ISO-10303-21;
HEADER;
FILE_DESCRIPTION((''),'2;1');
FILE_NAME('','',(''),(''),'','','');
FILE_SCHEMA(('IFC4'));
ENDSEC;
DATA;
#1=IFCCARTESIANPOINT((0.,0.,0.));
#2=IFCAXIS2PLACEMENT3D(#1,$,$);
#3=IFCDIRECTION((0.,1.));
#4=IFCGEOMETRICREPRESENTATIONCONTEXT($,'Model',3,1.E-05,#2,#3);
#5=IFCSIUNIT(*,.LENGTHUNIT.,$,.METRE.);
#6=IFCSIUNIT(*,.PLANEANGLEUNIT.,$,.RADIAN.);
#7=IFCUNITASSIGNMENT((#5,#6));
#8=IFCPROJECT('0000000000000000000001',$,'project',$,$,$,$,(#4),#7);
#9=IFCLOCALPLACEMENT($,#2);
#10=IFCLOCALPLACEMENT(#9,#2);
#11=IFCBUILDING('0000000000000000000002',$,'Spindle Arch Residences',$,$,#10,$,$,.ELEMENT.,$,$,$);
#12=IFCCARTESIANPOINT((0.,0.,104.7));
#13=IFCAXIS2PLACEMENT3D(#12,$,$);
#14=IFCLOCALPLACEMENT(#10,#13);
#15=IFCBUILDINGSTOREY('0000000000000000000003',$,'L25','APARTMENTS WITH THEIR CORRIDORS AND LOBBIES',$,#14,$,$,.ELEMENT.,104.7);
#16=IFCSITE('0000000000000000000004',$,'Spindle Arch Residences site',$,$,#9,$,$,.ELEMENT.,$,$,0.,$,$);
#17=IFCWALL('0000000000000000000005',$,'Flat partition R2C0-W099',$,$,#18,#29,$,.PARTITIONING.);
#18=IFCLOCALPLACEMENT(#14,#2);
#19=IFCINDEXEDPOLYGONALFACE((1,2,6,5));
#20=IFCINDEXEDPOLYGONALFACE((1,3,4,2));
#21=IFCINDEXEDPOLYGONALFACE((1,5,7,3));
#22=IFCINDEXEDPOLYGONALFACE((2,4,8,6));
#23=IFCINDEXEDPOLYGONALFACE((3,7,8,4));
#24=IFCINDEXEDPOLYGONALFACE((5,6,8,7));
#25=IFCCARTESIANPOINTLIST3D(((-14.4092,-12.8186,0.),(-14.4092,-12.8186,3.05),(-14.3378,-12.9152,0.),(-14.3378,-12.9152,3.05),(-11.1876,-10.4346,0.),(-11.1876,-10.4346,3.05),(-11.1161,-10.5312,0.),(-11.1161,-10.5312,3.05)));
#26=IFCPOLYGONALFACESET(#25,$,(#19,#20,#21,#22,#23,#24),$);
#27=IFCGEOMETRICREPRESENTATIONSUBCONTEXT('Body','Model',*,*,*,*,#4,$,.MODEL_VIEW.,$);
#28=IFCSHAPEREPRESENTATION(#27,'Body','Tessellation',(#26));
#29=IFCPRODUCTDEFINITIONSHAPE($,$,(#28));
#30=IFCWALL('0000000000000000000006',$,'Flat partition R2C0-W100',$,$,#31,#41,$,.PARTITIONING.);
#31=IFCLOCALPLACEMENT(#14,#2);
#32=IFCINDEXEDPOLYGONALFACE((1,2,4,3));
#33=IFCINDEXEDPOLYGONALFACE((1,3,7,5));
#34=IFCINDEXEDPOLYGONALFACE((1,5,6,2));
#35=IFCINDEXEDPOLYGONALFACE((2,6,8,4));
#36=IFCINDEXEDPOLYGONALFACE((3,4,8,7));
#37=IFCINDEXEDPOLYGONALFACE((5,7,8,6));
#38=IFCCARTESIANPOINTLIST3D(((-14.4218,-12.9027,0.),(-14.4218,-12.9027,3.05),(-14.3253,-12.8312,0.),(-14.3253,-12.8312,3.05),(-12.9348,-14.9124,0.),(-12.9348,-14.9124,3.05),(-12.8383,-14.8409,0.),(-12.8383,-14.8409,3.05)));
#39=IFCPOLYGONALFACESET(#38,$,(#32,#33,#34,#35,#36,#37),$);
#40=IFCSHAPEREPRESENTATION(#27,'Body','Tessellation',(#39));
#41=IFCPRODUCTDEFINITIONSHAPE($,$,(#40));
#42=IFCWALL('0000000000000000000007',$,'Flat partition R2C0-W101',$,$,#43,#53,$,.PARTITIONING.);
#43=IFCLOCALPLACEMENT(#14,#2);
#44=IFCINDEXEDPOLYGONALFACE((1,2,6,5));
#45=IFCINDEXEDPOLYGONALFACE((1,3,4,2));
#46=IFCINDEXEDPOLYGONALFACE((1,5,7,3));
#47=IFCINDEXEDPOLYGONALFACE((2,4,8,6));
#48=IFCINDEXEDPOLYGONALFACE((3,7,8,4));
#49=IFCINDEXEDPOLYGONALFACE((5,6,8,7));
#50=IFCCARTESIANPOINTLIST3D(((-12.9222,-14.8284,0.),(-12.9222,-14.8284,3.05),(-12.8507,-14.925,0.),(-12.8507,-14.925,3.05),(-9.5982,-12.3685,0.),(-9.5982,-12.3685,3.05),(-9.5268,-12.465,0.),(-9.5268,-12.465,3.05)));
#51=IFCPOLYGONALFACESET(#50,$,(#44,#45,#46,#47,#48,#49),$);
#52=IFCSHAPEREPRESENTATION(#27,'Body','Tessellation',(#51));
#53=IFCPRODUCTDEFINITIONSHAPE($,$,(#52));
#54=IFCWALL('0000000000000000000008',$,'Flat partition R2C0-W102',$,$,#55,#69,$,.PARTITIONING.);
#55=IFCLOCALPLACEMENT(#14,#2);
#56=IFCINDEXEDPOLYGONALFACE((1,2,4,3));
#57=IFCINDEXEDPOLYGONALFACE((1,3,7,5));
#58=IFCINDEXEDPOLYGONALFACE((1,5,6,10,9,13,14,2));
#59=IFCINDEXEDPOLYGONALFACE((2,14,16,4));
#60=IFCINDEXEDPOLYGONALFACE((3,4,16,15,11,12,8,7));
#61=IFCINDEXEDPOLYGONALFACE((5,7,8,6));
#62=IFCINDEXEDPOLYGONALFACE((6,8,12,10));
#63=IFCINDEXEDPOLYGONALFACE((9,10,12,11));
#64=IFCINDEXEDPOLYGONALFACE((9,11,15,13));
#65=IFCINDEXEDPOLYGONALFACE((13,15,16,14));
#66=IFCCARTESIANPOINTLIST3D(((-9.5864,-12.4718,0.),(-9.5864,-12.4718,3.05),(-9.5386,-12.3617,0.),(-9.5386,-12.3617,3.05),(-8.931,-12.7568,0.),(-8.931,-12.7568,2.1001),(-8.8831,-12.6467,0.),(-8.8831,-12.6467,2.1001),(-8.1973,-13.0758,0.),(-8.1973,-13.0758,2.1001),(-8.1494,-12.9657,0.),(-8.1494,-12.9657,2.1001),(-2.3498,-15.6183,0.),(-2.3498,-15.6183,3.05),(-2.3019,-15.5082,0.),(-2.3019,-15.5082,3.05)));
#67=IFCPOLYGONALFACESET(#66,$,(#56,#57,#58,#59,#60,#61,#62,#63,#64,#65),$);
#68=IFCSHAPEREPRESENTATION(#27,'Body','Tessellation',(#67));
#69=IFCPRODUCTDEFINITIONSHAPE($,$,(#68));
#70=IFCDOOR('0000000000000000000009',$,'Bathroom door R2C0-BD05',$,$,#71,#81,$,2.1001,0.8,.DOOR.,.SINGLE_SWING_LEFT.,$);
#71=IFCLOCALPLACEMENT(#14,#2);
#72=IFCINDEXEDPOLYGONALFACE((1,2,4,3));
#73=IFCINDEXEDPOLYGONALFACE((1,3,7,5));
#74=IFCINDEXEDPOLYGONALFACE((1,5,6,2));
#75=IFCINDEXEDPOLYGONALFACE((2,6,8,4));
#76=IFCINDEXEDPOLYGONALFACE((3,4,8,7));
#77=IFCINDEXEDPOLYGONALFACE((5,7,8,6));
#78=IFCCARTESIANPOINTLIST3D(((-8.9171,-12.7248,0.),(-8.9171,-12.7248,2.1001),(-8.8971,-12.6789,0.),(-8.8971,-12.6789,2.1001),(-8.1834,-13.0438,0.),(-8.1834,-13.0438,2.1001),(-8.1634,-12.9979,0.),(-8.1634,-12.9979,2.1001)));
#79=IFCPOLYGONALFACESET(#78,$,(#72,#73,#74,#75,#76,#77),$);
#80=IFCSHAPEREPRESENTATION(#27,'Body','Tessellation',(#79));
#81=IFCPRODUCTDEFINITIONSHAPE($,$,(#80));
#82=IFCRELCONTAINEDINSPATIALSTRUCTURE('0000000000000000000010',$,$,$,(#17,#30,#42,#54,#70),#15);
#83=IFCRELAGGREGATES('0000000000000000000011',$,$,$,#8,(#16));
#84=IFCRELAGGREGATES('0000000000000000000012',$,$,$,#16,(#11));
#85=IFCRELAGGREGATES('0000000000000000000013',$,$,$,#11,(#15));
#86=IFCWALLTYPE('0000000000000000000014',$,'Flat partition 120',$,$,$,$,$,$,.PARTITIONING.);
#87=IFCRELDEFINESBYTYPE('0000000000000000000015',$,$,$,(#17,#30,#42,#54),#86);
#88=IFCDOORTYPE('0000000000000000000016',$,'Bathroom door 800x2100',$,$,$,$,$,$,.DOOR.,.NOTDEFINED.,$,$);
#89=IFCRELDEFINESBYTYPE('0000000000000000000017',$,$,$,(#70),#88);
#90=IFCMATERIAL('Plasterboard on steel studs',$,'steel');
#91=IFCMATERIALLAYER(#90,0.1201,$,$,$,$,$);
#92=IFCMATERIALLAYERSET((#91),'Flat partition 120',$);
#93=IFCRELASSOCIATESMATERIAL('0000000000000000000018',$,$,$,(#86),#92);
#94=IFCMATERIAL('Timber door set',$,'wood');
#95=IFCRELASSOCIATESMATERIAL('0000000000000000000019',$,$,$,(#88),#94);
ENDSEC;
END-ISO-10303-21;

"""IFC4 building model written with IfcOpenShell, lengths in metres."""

from ifc_helpers import new_model, si_unit, direction, frame, frame_2d, origin, place, context, subcontext, project, spatial, rectangle, extrude, material, layer, layer_set, type_object, element, fill, save


model = new_model("IFC4")

# Units and contexts
model_context = context("Model", 3, precision=1e-05, world=origin(), true_north=direction((0.0, 1.0)))
body_context = subcontext(model_context, "Body", "Model", "MODEL_VIEW")
ifc_project = project(units=[si_unit("LENGTHUNIT", "METRE"), si_unit("PLANEANGLEUNIT", "RADIAN")], contexts=[model_context])

# Site, building, storey
site_placement = place(None, origin())
site = spatial("IfcSite", under=ifc_project, at=site_placement, Name="Spindle Arch Residences site", CompositionType="ELEMENT", RefElevation=0.0)
building_placement = place(site_placement, origin())
building = spatial("IfcBuilding", under=site, at=building_placement, Name="Spindle Arch Residences", CompositionType="ELEMENT")
storey_placement = place(building_placement, frame((0.0, 0.0, 104.7)))
storey = spatial("IfcBuildingStorey", under=building, at=storey_placement, Name="L25", Description="APARTMENTS WITH THEIR CORRIDORS AND LOBBIES", CompositionType="ELEMENT", Elevation=104.7)

# Shared definitions
ifc_material_1 = material(Name="Plasterboard on steel studs", Category="steel")
ifc_layer_1 = layer(ifc_material_1, 0.1201)
ifc_layer_set_1 = layer_set([ifc_layer_1], Name="Flat partition 120")
wall_type_1 = type_object("IfcWallType", Name="Flat partition 120", PredefinedType="PARTITIONING", material=ifc_layer_set_1)

# Walls
wall_1_placement = place(storey_placement, frame((-11.1519, -10.4829, 0.0), z_axis=(0.0, 0.0, 1.0), x_axis=(-0.803843, -0.594841, 0.0)))
element("IfcWall", 1, at=wall_1_placement, inside=storey, type_object=wall_type_1, Name="Flat partition R2C0-W099", PredefinedType="PARTITIONING", context=body_context, shape_type="SweptSolid", body=[
    extrude(rectangle(XDim=4.0078, YDim=0.1201, at=frame_2d((2.0039, 0.0))), origin(), (0.0, 0.0, 1.0), 3.05),
])
wall_2_placement = place(storey_placement, frame((-14.3735, -12.8669, 0.0), z_axis=(0.0, 0.0, 1.0), x_axis=(0.5948, -0.803874, 0.0)))
element("IfcWall", 2, at=wall_2_placement, inside=storey, type_object=wall_type_1, Name="Flat partition R2C0-W100", PredefinedType="PARTITIONING", context=body_context, shape_type="SweptSolid", body=[
    extrude(rectangle(XDim=2.5, YDim=0.1201, at=frame_2d((1.25, 0.0))), origin(), (0.0, 0.0, 1.0), 3.05),
])
wall_3_placement = place(storey_placement, frame((-12.8865, -14.8767, 0.0), z_axis=(0.0, 0.0, 1.0), x_axis=(0.803816, 0.594877, 0.0)))
element("IfcWall", 3, at=wall_3_placement, inside=storey, type_object=wall_type_1, Name="Flat partition R2C0-W101", PredefinedType="PARTITIONING", context=body_context, shape_type="SweptSolid", body=[
    extrude(rectangle(XDim=4.1353, YDim=0.1201, at=frame_2d((2.0676, 0.0))), origin(), (0.0, 0.0, 1.0), 3.05),
])

# Wall, opening, door
wall_4_placement = place(storey_placement, frame((-9.5625, -12.4167, 0.0), z_axis=(0.0, 0.0, 1.0), x_axis=(0.917063, -0.398742, 0.0)))
wall_4 = element("IfcWall", 4, at=wall_4_placement, inside=storey, type_object=wall_type_1, Name="Flat partition R2C0-W102", PredefinedType="PARTITIONING", context=body_context, shape_type="SweptSolid", body=[
    extrude(rectangle(XDim=7.8911, YDim=0.1201, at=frame_2d((3.9456, 0.0))), origin(), (0.0, 0.0, 1.0), 3.05),
])
opening_1_placement = place(wall_4_placement, frame((0.7148, 0.0, 0.0)))
opening_1 = element("IfcOpeningElement", 5, at=opening_1_placement, cuts=wall_4, PredefinedType="OPENING", context=body_context, shape_type="SweptSolid", body=[
    extrude(rectangle(XDim=0.8, YDim=2.1001, at=frame_2d((0.3999, 1.05))), frame((0.0, 0.0701, 0.0), z_axis=(0.0, -1.0, 0.0), x_axis=(1.0, 0.0, 0.0)), (0.0, 0.0, 1.0), 0.1401),
])
ifc_material_2 = material(Name="Timber door set", Category="wood")
door_type_1 = type_object("IfcDoorType", Name="Bathroom door 800x2100", OperationType="NOTDEFINED", PredefinedType="DOOR", material=ifc_material_2)
door_1_placement = place(opening_1_placement, origin())
door_1 = element("IfcDoor", 6, at=door_1_placement, inside=storey, type_object=door_type_1, Name="Bathroom door R2C0-BD05", OperationType="SINGLE_SWING_LEFT", OverallHeight=2.1001, OverallWidth=0.8, PredefinedType="DOOR", context=body_context, shape_type="SweptSolid", body=[
    extrude(rectangle(XDim=0.8, YDim=2.1001, at=frame_2d((0.3999, 1.05))), frame((0.0, 0.0249, 0.0), z_axis=(0.0, -1.0, 0.0), x_axis=(1.0, 0.0, 0.0)), (0.0, 0.0, 1.0), 0.05),
])
fill(opening_1, door_1)

save(model, "model.ifc")
